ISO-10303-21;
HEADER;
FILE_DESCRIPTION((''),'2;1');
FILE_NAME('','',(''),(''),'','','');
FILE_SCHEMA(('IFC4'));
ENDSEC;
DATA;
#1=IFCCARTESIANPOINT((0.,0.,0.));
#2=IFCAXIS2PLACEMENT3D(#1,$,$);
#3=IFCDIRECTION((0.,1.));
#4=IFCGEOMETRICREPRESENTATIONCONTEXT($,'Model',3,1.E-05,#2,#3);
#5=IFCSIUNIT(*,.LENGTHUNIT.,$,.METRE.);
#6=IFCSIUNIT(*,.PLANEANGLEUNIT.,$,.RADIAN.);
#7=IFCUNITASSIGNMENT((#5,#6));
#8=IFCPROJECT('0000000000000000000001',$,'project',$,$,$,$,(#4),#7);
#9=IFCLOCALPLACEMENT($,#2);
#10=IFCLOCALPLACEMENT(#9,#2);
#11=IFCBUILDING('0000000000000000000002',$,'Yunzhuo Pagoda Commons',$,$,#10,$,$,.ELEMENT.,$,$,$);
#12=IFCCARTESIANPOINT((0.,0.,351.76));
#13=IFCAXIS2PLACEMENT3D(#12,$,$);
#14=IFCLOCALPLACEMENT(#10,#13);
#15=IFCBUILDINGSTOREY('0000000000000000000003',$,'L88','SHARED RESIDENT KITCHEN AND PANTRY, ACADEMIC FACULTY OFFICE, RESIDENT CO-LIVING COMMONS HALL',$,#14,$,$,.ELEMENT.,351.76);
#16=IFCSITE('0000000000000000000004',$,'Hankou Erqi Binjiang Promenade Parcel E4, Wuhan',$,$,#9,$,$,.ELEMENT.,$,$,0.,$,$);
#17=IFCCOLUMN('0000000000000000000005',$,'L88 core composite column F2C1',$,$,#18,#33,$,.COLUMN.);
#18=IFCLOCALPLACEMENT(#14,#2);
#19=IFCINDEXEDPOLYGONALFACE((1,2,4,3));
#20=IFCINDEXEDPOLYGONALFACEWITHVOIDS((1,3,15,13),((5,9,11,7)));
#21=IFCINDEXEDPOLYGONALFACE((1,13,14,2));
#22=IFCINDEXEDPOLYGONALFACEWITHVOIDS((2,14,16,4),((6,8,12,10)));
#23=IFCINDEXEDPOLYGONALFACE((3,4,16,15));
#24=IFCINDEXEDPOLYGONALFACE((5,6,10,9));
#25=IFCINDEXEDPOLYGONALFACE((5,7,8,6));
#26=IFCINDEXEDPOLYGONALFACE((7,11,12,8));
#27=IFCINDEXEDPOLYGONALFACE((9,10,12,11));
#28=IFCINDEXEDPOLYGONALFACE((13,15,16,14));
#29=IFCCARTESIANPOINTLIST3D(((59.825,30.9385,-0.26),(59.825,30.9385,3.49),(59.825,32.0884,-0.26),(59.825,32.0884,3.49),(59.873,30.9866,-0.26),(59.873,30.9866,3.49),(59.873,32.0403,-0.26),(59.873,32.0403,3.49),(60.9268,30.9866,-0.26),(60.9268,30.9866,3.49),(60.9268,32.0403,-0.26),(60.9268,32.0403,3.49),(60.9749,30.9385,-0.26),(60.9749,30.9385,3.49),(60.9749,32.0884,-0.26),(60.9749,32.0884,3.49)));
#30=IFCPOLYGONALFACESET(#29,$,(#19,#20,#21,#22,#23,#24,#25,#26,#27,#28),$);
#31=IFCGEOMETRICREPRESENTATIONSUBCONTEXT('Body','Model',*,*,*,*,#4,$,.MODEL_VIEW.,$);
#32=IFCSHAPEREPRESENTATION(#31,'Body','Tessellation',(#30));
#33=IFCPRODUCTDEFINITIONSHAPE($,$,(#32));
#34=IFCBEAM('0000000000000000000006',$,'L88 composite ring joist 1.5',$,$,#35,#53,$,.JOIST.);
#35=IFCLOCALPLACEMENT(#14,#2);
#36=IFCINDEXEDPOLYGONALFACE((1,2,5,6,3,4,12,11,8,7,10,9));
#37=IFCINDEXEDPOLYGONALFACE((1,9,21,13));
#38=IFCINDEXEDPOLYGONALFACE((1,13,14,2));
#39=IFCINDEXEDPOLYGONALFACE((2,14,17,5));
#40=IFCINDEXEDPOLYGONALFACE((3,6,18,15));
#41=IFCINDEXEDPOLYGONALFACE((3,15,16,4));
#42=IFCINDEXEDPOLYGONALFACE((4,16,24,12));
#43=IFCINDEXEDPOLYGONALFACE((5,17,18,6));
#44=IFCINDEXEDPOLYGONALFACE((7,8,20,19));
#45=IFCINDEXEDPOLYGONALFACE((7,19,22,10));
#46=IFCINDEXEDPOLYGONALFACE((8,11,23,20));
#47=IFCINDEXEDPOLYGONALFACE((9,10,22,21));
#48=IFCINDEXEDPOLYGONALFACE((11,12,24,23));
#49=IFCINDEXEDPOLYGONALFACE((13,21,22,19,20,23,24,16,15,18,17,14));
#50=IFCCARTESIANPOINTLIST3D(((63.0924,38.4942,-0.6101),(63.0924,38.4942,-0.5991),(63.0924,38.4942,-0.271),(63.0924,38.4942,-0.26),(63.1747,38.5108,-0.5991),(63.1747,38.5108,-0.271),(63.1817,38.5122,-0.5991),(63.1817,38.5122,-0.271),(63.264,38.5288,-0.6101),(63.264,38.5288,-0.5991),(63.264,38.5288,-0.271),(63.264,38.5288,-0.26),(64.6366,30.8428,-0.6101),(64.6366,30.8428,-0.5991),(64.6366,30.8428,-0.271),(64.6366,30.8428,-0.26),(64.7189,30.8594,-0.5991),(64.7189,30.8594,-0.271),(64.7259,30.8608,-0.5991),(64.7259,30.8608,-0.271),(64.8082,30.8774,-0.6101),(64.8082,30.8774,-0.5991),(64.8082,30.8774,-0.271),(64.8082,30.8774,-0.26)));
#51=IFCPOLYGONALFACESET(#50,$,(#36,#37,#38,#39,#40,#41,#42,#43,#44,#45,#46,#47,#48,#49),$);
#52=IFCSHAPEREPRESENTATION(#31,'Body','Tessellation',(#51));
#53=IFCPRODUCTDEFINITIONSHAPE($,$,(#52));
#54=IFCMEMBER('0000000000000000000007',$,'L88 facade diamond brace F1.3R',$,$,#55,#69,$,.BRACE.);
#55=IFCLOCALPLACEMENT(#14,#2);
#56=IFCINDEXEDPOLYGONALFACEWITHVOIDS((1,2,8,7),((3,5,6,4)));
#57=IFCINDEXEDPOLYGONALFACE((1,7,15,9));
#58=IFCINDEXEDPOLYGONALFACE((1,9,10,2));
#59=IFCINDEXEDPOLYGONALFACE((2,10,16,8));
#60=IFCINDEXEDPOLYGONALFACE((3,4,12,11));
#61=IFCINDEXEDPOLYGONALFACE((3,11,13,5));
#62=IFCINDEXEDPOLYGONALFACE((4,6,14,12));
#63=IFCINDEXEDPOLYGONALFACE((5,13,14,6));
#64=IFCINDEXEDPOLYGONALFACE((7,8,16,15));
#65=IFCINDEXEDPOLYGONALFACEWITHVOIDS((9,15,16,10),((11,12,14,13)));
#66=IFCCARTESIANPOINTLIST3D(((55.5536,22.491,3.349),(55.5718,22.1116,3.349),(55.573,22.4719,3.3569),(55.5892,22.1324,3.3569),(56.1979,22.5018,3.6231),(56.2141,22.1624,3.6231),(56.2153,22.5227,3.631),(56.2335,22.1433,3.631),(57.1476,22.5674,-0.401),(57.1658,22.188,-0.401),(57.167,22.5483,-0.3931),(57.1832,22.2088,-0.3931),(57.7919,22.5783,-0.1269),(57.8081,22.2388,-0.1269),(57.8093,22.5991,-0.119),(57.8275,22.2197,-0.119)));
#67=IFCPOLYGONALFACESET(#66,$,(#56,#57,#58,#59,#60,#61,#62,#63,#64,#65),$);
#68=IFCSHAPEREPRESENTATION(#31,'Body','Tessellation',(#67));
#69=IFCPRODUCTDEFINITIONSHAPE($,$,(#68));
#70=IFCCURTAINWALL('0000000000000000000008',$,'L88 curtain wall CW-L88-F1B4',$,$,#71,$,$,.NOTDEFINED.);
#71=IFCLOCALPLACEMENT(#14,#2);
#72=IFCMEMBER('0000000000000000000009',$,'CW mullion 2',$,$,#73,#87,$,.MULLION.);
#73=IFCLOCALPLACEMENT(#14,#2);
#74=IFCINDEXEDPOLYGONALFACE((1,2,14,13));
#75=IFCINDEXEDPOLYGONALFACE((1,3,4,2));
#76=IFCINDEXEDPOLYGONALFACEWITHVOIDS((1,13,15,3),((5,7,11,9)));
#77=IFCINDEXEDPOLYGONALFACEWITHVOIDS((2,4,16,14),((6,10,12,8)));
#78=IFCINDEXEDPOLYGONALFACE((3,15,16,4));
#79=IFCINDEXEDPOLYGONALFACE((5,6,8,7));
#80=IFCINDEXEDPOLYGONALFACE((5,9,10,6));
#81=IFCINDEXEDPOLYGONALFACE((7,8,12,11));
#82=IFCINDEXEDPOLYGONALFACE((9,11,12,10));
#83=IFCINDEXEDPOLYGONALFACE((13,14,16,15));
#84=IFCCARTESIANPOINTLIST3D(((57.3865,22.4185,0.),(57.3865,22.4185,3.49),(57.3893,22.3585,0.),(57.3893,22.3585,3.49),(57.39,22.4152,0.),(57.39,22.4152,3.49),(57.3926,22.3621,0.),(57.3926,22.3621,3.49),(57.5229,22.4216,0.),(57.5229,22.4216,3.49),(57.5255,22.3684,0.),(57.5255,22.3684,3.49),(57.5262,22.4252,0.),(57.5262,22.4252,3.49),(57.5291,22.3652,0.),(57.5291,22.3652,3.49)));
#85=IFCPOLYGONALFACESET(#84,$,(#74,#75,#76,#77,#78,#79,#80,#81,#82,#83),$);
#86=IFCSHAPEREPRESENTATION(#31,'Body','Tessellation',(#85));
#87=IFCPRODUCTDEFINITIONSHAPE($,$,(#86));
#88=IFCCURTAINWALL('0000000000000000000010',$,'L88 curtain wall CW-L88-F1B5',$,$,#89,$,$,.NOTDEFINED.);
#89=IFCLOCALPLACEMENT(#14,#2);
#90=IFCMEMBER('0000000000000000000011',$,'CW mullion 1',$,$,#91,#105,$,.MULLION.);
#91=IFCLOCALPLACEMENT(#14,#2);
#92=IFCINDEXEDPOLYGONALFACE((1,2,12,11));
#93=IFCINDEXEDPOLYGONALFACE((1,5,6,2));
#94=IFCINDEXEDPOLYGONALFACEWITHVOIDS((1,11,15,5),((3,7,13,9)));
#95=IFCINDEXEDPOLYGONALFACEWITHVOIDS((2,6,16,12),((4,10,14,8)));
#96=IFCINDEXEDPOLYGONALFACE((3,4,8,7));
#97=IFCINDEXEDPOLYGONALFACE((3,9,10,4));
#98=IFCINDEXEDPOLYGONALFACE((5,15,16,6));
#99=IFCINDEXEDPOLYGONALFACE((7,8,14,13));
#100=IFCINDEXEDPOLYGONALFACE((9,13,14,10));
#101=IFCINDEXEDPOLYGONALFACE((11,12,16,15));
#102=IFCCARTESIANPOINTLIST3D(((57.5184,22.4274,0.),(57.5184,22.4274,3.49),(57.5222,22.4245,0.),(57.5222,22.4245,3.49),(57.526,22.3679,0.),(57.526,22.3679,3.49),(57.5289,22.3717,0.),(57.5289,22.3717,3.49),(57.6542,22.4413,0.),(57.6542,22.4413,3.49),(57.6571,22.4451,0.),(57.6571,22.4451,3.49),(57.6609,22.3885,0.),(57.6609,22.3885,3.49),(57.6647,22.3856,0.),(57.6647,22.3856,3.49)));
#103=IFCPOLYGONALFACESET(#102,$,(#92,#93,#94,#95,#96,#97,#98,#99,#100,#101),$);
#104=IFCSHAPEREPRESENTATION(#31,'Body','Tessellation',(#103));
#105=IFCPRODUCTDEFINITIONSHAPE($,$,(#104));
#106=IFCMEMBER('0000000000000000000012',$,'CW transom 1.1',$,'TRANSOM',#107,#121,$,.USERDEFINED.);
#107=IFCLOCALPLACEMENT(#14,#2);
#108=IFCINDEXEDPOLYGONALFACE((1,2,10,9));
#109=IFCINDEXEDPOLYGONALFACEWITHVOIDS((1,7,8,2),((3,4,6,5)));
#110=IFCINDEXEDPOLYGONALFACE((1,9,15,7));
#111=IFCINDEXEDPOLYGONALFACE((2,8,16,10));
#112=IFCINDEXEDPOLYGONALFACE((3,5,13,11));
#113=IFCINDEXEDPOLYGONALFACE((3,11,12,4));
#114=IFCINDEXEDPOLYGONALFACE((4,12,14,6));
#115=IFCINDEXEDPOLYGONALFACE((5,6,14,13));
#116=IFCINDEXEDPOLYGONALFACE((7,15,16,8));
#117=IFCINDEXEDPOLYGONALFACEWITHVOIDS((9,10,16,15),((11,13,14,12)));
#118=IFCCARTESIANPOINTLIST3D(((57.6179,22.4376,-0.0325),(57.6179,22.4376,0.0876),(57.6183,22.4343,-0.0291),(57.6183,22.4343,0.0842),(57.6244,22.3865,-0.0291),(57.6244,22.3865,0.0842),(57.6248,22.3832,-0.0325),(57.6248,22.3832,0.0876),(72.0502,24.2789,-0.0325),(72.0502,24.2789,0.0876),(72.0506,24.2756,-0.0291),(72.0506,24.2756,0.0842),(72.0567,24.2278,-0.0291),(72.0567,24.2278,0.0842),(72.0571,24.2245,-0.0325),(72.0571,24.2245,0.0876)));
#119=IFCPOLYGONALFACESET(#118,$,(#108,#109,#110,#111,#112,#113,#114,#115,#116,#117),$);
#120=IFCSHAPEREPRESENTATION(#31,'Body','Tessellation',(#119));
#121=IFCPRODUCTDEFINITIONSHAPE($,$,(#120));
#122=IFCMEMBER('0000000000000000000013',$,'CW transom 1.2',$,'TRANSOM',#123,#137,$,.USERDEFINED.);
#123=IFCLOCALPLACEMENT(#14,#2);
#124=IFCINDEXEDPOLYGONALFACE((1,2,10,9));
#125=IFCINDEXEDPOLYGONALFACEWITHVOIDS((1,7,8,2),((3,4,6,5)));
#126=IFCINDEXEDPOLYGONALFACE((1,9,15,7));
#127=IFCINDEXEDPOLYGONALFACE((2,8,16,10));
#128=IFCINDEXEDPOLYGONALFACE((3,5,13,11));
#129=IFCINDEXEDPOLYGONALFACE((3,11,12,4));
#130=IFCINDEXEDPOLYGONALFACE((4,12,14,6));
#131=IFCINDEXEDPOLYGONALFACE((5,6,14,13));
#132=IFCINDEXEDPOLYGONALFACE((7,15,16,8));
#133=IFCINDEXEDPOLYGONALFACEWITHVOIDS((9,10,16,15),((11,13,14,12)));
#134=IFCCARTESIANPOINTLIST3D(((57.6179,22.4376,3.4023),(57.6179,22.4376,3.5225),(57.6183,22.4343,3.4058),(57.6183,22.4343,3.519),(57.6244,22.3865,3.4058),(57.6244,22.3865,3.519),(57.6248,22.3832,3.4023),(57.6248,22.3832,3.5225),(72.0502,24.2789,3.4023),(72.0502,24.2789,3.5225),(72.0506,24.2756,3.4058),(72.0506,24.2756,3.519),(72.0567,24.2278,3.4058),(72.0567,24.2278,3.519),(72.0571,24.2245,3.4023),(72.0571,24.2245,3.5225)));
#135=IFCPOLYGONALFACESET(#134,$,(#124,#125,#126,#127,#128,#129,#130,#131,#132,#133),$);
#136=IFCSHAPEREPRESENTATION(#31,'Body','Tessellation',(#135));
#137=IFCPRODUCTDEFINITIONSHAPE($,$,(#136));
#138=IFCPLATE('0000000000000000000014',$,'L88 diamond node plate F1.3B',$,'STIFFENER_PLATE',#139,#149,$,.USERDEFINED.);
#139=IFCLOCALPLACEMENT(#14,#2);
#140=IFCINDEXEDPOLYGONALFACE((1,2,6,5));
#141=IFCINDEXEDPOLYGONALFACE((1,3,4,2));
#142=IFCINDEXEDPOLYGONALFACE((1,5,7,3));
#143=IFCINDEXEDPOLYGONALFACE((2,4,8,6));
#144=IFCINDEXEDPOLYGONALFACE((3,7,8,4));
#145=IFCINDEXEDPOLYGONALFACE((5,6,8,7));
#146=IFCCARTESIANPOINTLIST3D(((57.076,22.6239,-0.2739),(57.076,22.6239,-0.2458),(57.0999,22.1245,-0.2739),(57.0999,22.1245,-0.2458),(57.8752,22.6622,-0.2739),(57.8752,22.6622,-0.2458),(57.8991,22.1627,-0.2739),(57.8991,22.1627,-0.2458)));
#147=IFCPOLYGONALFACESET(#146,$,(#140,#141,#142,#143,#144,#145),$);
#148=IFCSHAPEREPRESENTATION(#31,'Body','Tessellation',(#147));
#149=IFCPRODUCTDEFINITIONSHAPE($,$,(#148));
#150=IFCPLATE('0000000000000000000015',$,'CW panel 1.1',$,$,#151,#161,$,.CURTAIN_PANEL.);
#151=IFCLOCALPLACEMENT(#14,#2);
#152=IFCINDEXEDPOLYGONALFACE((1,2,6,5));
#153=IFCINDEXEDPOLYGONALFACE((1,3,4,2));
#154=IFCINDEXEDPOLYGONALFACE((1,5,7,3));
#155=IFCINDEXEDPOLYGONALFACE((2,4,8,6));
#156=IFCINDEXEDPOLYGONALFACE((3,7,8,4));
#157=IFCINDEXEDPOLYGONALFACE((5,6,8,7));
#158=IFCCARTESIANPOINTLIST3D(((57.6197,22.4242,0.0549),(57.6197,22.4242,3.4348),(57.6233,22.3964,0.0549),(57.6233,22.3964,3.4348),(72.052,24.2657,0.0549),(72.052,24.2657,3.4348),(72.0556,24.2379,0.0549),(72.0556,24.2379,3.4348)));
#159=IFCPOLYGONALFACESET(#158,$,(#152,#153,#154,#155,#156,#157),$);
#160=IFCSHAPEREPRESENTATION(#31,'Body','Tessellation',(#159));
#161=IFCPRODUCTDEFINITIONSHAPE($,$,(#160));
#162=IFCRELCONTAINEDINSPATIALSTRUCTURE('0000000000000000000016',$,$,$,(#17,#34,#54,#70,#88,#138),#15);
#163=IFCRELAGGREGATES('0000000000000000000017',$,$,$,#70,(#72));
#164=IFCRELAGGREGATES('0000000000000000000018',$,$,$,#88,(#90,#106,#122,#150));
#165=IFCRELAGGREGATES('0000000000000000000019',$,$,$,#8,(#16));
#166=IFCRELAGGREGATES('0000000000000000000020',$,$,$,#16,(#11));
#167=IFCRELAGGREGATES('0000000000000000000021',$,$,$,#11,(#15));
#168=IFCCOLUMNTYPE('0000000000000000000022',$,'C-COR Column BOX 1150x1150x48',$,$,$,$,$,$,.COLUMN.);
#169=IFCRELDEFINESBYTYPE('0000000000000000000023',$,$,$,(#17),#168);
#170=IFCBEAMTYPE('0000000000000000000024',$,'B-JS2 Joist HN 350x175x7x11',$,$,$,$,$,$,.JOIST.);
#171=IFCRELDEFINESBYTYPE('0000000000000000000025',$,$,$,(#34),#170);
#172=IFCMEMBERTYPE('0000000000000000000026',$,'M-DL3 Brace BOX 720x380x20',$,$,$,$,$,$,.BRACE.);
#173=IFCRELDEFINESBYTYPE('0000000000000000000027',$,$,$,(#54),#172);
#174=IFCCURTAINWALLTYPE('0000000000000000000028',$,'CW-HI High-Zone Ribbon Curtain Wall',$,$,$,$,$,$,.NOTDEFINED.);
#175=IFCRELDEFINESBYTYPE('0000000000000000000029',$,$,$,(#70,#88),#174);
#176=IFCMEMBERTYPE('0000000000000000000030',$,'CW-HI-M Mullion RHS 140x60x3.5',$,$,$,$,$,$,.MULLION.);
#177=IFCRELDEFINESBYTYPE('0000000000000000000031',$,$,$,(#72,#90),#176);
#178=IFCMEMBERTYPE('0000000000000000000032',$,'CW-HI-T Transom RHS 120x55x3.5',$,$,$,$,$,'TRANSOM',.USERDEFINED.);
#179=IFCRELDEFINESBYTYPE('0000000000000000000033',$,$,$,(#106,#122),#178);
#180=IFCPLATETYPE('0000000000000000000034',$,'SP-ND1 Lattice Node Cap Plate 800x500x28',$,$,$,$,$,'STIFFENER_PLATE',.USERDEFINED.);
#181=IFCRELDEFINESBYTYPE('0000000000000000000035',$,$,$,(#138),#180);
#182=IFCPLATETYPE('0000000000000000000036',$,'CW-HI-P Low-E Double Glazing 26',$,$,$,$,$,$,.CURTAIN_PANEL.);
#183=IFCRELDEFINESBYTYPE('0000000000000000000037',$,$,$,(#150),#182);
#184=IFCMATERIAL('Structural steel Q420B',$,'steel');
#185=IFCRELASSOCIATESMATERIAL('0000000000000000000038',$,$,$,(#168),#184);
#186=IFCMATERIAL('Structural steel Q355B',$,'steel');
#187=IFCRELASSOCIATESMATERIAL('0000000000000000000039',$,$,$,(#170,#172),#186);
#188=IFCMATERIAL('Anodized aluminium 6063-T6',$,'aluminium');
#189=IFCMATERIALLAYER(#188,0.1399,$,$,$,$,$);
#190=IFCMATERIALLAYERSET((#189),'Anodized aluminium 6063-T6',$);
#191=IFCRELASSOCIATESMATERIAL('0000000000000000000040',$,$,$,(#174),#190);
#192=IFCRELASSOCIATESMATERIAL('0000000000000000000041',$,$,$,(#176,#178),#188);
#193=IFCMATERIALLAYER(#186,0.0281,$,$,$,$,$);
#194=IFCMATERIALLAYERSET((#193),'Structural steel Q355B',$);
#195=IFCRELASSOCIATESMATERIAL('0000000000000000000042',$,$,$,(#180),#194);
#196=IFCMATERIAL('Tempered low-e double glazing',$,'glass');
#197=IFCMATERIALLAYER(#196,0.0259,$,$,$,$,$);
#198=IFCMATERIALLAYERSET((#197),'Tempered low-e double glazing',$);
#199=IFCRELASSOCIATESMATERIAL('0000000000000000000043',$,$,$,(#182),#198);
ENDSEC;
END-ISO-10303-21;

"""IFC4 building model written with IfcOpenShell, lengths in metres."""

from ifc_helpers import new_model, si_unit, direction, frame, origin, origin_2d, place, context, subcontext, project, spatial, rectangle, hollow_rectangle, i_section, extrude, source, transform, mapped, material, layer, layer_set, material_profile, profile_set, type_object, element, aggregate, save


model = new_model("IFC4")

# Units and contexts
model_context = context("Model", 3, precision=1e-05, world=origin(), true_north=direction((0.0, 1.0)))
body_context = subcontext(model_context, "Body", "Model", "MODEL_VIEW")
ifc_project = project(units=[si_unit("LENGTHUNIT", "METRE"), si_unit("PLANEANGLEUNIT", "RADIAN")], contexts=[model_context])

# Site, building, storey
site_placement = place(None, origin())
site = spatial("IfcSite", under=ifc_project, at=site_placement, Name="Hankou Erqi Binjiang Promenade Parcel E4, Wuhan", CompositionType="ELEMENT", RefElevation=0.0)
building_placement = place(site_placement, origin())
building = spatial("IfcBuilding", under=site, at=building_placement, Name="Yunzhuo Pagoda Commons", CompositionType="ELEMENT")
storey_placement = place(building_placement, frame((0.0, 0.0, 351.76)))
storey = spatial("IfcBuildingStorey", under=building, at=storey_placement, Name="L88", Description="SHARED RESIDENT KITCHEN AND PANTRY, ACADEMIC FACULTY OFFICE, RESIDENT CO-LIVING COMMONS HALL", CompositionType="ELEMENT", Elevation=351.76)

# Column
ifc_material_1 = material(Name="Structural steel Q420B", Category="steel")
ifc_material_profile_1 = material_profile(ifc_material_1, hollow_rectangle(XDim=1.1499, YDim=1.1499, WallThickness=0.0481, at=origin_2d()), Name="Structural steel Q420B")
ifc_profile_set_1 = profile_set([ifc_material_profile_1], Name="Structural steel Q420B")
column_type = type_object("IfcColumnType", Name="C-COR Column BOX 1150x1150x48", PredefinedType="COLUMN", material=ifc_profile_set_1)
shared_shape_1 = source(origin(), body_context, "Body", "SweptSolid", [
    extrude(hollow_rectangle(XDim=1.1499, YDim=1.1499, WallThickness=0.0481, at=origin_2d()), origin(), (0.0, 0.0, 1.0), 3.75),
])
column_placement = place(storey_placement, frame((60.3999, 31.5134, -0.26), z_axis=(0.0, 0.0, 1.0), x_axis=(1.0, 0.0, 0.0)))
element("IfcColumn", 1, at=column_placement, inside=storey, type_object=column_type, Name="L88 core composite column F2C1", PredefinedType="COLUMN", context=body_context, shape_type="MappedRepresentation", body=[
    mapped(shared_shape_1, transform((0.0, 0.0, 0.0), scale=1.0)),
])

# Beam
ifc_material_2 = material(Name="Structural steel Q355B", Category="steel")
ifc_material_profile_2 = material_profile(ifc_material_2, i_section(OverallWidth=0.175, OverallDepth=0.3501, WebThickness=0.0071, FlangeThickness=0.011, at=origin_2d()), Name="Structural steel Q355B")
ifc_profile_set_2 = profile_set([ifc_material_profile_2], Name="Structural steel Q355B")
beam_type = type_object("IfcBeamType", Name="B-JS2 Joist HN 350x175x7x11", PredefinedType="JOIST", material=ifc_profile_set_2)
shared_shape_2 = source(origin(), body_context, "Body", "SweptSolid", [
    extrude(i_section(OverallWidth=0.175, OverallDepth=0.3501, WebThickness=0.0071, FlangeThickness=0.011, at=origin_2d()), origin(), (0.0, 0.0, 1.0), 7.8057),
])
beam_placement = place(storey_placement, frame((64.7224, 30.8601, -0.4351), z_axis=(-0.19783, 0.980236, 0.0), x_axis=(-0.980236, -0.19783, 0.0)))
element("IfcBeam", 2, at=beam_placement, inside=storey, type_object=beam_type, Name="L88 composite ring joist 1.5", PredefinedType="JOIST", context=body_context, shape_type="MappedRepresentation", body=[
    mapped(shared_shape_2, transform((0.0, 0.0, 0.0), scale=1.0)),
])

# Member
ifc_material_profile_3 = material_profile(ifc_material_2, hollow_rectangle(XDim=0.3799, YDim=0.72, WallThickness=0.02, at=origin_2d()), Name="Structural steel Q355B")
ifc_profile_set_3 = profile_set([ifc_material_profile_3], Name="Structural steel Q355B")
member_type_1 = type_object("IfcMemberType", Name="M-DL3 Brace BOX 720x380x20", PredefinedType="BRACE", material=ifc_profile_set_3)
shared_shape_3 = source(origin(), body_context, "Body", "SweptSolid", [
    extrude(hollow_rectangle(XDim=0.3799, YDim=0.72, WallThickness=0.02, at=origin_2d()), origin(), (0.0, 0.0, 1.0), 4.0754),
])
member_1_placement = place(storey_placement, frame((57.4875, 22.3936, -0.26), z_axis=(-0.391123, -0.01875, 0.920148), x_axis=(0.047885, -0.998853, 0.0)))
element("IfcMember", 3, at=member_1_placement, inside=storey, type_object=member_type_1, Name="L88 facade diamond brace F1.3R", PredefinedType="BRACE", context=body_context, shape_type="MappedRepresentation", body=[
    mapped(shared_shape_3, transform((0.0, 0.0, 0.0), scale=1.0)),
])

# Curtain wall, member
ifc_material_3 = material(Name="Anodized aluminium 6063-T6", Category="aluminium")
ifc_layer_1 = layer(ifc_material_3, 0.1399)
ifc_layer_set_1 = layer_set([ifc_layer_1], Name="Anodized aluminium 6063-T6")
curtain_wall_type = type_object("IfcCurtainWallType", Name="CW-HI High-Zone Ribbon Curtain Wall", PredefinedType="NOTDEFINED", material=ifc_layer_set_1)
curtain_wall_1_placement = place(storey_placement, origin())
curtain_wall_1 = element("IfcCurtainWall", 4, at=curtain_wall_1_placement, inside=storey, type_object=curtain_wall_type, Name="L88 curtain wall CW-L88-F1B4", PredefinedType="NOTDEFINED")
ifc_material_profile_4 = material_profile(ifc_material_3, hollow_rectangle(XDim=0.0601, YDim=0.1399, WallThickness=0.0034, at=origin_2d()), Name="Anodized aluminium 6063-T6")
ifc_profile_set_4 = profile_set([ifc_material_profile_4], Name="Anodized aluminium 6063-T6")
member_type_2 = type_object("IfcMemberType", Name="CW-HI-M Mullion RHS 140x60x3.5", PredefinedType="MULLION", material=ifc_profile_set_4)
shared_shape_4 = source(origin(), body_context, "Body", "SweptSolid", [
    extrude(hollow_rectangle(XDim=0.0601, YDim=0.1399, WallThickness=0.0034, at=origin_2d()), origin(), (0.0, 0.0, 1.0), 3.49),
])
member_2_placement = place(storey_placement, frame((57.4578, 22.3918, 0.0), z_axis=(0.0, 0.0, 1.0), x_axis=(-0.047859, 0.998854, 0.0)))
member_2 = element("IfcMember", 5, at=member_2_placement, type_object=member_type_2, Name="CW mullion 2", PredefinedType="MULLION", context=body_context, shape_type="MappedRepresentation", body=[
    mapped(shared_shape_4, transform((0.0, 0.0, 0.0), scale=1.0)),
])
aggregate(curtain_wall_1, [member_2])

# Curtain wall, members
curtain_wall_2_placement = place(storey_placement, origin())
curtain_wall_2 = element("IfcCurtainWall", 6, at=curtain_wall_2_placement, inside=storey, type_object=curtain_wall_type, Name="L88 curtain wall CW-L88-F1B5", PredefinedType="NOTDEFINED")
member_3_placement = place(storey_placement, frame((57.5916, 22.4065, 0.0), z_axis=(0.0, 0.0, 1.0), x_axis=(-0.126571, 0.991958, 0.0)))
member_3 = element("IfcMember", 7, at=member_3_placement, type_object=member_type_2, Name="CW mullion 1", PredefinedType="MULLION", context=body_context, shape_type="MappedRepresentation", body=[
    mapped(shared_shape_4, transform((0.0, 0.0, 0.0), scale=1.0)),
])
ifc_material_profile_5 = material_profile(ifc_material_3, hollow_rectangle(XDim=0.0549, YDim=0.1201, WallThickness=0.0034, at=origin_2d()), Name="Anodized aluminium 6063-T6")
ifc_profile_set_5 = profile_set([ifc_material_profile_5], Name="Anodized aluminium 6063-T6")
member_type_3 = type_object("IfcMemberType", Name="CW-HI-T Transom RHS 120x55x3.5", ElementType="TRANSOM", PredefinedType="USERDEFINED", material=ifc_profile_set_5)
shared_shape_5 = source(origin(), body_context, "Body", "SweptSolid", [
    extrude(hollow_rectangle(XDim=0.0549, YDim=0.1201, WallThickness=0.0034, at=origin_2d()), origin(), (0.0, 0.0, 1.0), 14.5493),
])
member_4_placement = place(storey_placement, frame((57.6213, 22.4104, 0.0276), z_axis=(0.991959, 0.126556, 0.0), x_axis=(-0.126556, 0.991959, 0.0)))
member_4 = element("IfcMember", 8, at=member_4_placement, type_object=member_type_3, Name="CW transom 1.1", ObjectType="TRANSOM", PredefinedType="USERDEFINED", context=body_context, shape_type="MappedRepresentation", body=[
    mapped(shared_shape_5, transform((0.0, 0.0, 0.0), scale=1.0)),
])
member_5_placement = place(storey_placement, frame((57.6213, 22.4104, 3.4624), z_axis=(0.991959, 0.126556, 0.0), x_axis=(-0.126556, 0.991959, 0.0)))
member_5 = element("IfcMember", 9, at=member_5_placement, type_object=member_type_3, Name="CW transom 1.2", ObjectType="TRANSOM", PredefinedType="USERDEFINED", context=body_context, shape_type="MappedRepresentation", body=[
    mapped(shared_shape_5, transform((0.0, 0.0, 0.0), scale=1.0)),
])

# Plates
ifc_layer_2 = layer(ifc_material_2, 0.0281)
ifc_layer_set_2 = layer_set([ifc_layer_2], Name="Structural steel Q355B")
plate_type_1 = type_object("IfcPlateType", Name="SP-ND1 Lattice Node Cap Plate 800x500x28", ElementType="STIFFENER_PLATE", PredefinedType="USERDEFINED", material=ifc_layer_set_2)
shared_shape_6 = source(origin(), body_context, "Body", "SweptSolid", [
    extrude(rectangle(XDim=0.8, YDim=0.5, at=origin_2d()), origin(), (0.0, 0.0, 1.0), 0.0281),
])
plate_1_placement = place(storey_placement, frame((57.4875, 22.3933, -0.2739), z_axis=(0.0, 0.0, 1.0), x_axis=(0.998854, 0.047856, 0.0)))
element("IfcPlate", 10, at=plate_1_placement, inside=storey, type_object=plate_type_1, Name="L88 diamond node plate F1.3B", ObjectType="STIFFENER_PLATE", PredefinedType="USERDEFINED", context=body_context, shape_type="MappedRepresentation", body=[
    mapped(shared_shape_6, transform((0.0, 0.0, 0.0), scale=1.0)),
])
ifc_material_4 = material(Name="Tempered low-e double glazing", Category="glass")
ifc_layer_3 = layer(ifc_material_4, 0.0259)
ifc_layer_set_3 = layer_set([ifc_layer_3], Name="Tempered low-e double glazing")
plate_type_2 = type_object("IfcPlateType", Name="CW-HI-P Low-E Double Glazing 26", PredefinedType="CURTAIN_PANEL", material=ifc_layer_set_3)
shared_shape_7 = source(origin(), body_context, "Body", "SweptSolid", [
    extrude(rectangle(XDim=14.5493, YDim=0.0281, at=origin_2d()), origin(), (0.0, 0.0, 1.0), 3.3799),
])
plate_2_placement = place(storey_placement, frame((64.8376, 23.3311, 0.0549), z_axis=(0.0, 0.0, 1.0), x_axis=(0.991958, 0.126571, 0.0)))
plate_2 = element("IfcPlate", 11, at=plate_2_placement, type_object=plate_type_2, Name="CW panel 1.1", PredefinedType="CURTAIN_PANEL", context=body_context, shape_type="MappedRepresentation", body=[
    mapped(shared_shape_7, transform((0.0, 0.0, 0.0), scale=1.0)),
])
aggregate(curtain_wall_2, [member_3, member_4, member_5, plate_2])

save(model, "model.ifc")
